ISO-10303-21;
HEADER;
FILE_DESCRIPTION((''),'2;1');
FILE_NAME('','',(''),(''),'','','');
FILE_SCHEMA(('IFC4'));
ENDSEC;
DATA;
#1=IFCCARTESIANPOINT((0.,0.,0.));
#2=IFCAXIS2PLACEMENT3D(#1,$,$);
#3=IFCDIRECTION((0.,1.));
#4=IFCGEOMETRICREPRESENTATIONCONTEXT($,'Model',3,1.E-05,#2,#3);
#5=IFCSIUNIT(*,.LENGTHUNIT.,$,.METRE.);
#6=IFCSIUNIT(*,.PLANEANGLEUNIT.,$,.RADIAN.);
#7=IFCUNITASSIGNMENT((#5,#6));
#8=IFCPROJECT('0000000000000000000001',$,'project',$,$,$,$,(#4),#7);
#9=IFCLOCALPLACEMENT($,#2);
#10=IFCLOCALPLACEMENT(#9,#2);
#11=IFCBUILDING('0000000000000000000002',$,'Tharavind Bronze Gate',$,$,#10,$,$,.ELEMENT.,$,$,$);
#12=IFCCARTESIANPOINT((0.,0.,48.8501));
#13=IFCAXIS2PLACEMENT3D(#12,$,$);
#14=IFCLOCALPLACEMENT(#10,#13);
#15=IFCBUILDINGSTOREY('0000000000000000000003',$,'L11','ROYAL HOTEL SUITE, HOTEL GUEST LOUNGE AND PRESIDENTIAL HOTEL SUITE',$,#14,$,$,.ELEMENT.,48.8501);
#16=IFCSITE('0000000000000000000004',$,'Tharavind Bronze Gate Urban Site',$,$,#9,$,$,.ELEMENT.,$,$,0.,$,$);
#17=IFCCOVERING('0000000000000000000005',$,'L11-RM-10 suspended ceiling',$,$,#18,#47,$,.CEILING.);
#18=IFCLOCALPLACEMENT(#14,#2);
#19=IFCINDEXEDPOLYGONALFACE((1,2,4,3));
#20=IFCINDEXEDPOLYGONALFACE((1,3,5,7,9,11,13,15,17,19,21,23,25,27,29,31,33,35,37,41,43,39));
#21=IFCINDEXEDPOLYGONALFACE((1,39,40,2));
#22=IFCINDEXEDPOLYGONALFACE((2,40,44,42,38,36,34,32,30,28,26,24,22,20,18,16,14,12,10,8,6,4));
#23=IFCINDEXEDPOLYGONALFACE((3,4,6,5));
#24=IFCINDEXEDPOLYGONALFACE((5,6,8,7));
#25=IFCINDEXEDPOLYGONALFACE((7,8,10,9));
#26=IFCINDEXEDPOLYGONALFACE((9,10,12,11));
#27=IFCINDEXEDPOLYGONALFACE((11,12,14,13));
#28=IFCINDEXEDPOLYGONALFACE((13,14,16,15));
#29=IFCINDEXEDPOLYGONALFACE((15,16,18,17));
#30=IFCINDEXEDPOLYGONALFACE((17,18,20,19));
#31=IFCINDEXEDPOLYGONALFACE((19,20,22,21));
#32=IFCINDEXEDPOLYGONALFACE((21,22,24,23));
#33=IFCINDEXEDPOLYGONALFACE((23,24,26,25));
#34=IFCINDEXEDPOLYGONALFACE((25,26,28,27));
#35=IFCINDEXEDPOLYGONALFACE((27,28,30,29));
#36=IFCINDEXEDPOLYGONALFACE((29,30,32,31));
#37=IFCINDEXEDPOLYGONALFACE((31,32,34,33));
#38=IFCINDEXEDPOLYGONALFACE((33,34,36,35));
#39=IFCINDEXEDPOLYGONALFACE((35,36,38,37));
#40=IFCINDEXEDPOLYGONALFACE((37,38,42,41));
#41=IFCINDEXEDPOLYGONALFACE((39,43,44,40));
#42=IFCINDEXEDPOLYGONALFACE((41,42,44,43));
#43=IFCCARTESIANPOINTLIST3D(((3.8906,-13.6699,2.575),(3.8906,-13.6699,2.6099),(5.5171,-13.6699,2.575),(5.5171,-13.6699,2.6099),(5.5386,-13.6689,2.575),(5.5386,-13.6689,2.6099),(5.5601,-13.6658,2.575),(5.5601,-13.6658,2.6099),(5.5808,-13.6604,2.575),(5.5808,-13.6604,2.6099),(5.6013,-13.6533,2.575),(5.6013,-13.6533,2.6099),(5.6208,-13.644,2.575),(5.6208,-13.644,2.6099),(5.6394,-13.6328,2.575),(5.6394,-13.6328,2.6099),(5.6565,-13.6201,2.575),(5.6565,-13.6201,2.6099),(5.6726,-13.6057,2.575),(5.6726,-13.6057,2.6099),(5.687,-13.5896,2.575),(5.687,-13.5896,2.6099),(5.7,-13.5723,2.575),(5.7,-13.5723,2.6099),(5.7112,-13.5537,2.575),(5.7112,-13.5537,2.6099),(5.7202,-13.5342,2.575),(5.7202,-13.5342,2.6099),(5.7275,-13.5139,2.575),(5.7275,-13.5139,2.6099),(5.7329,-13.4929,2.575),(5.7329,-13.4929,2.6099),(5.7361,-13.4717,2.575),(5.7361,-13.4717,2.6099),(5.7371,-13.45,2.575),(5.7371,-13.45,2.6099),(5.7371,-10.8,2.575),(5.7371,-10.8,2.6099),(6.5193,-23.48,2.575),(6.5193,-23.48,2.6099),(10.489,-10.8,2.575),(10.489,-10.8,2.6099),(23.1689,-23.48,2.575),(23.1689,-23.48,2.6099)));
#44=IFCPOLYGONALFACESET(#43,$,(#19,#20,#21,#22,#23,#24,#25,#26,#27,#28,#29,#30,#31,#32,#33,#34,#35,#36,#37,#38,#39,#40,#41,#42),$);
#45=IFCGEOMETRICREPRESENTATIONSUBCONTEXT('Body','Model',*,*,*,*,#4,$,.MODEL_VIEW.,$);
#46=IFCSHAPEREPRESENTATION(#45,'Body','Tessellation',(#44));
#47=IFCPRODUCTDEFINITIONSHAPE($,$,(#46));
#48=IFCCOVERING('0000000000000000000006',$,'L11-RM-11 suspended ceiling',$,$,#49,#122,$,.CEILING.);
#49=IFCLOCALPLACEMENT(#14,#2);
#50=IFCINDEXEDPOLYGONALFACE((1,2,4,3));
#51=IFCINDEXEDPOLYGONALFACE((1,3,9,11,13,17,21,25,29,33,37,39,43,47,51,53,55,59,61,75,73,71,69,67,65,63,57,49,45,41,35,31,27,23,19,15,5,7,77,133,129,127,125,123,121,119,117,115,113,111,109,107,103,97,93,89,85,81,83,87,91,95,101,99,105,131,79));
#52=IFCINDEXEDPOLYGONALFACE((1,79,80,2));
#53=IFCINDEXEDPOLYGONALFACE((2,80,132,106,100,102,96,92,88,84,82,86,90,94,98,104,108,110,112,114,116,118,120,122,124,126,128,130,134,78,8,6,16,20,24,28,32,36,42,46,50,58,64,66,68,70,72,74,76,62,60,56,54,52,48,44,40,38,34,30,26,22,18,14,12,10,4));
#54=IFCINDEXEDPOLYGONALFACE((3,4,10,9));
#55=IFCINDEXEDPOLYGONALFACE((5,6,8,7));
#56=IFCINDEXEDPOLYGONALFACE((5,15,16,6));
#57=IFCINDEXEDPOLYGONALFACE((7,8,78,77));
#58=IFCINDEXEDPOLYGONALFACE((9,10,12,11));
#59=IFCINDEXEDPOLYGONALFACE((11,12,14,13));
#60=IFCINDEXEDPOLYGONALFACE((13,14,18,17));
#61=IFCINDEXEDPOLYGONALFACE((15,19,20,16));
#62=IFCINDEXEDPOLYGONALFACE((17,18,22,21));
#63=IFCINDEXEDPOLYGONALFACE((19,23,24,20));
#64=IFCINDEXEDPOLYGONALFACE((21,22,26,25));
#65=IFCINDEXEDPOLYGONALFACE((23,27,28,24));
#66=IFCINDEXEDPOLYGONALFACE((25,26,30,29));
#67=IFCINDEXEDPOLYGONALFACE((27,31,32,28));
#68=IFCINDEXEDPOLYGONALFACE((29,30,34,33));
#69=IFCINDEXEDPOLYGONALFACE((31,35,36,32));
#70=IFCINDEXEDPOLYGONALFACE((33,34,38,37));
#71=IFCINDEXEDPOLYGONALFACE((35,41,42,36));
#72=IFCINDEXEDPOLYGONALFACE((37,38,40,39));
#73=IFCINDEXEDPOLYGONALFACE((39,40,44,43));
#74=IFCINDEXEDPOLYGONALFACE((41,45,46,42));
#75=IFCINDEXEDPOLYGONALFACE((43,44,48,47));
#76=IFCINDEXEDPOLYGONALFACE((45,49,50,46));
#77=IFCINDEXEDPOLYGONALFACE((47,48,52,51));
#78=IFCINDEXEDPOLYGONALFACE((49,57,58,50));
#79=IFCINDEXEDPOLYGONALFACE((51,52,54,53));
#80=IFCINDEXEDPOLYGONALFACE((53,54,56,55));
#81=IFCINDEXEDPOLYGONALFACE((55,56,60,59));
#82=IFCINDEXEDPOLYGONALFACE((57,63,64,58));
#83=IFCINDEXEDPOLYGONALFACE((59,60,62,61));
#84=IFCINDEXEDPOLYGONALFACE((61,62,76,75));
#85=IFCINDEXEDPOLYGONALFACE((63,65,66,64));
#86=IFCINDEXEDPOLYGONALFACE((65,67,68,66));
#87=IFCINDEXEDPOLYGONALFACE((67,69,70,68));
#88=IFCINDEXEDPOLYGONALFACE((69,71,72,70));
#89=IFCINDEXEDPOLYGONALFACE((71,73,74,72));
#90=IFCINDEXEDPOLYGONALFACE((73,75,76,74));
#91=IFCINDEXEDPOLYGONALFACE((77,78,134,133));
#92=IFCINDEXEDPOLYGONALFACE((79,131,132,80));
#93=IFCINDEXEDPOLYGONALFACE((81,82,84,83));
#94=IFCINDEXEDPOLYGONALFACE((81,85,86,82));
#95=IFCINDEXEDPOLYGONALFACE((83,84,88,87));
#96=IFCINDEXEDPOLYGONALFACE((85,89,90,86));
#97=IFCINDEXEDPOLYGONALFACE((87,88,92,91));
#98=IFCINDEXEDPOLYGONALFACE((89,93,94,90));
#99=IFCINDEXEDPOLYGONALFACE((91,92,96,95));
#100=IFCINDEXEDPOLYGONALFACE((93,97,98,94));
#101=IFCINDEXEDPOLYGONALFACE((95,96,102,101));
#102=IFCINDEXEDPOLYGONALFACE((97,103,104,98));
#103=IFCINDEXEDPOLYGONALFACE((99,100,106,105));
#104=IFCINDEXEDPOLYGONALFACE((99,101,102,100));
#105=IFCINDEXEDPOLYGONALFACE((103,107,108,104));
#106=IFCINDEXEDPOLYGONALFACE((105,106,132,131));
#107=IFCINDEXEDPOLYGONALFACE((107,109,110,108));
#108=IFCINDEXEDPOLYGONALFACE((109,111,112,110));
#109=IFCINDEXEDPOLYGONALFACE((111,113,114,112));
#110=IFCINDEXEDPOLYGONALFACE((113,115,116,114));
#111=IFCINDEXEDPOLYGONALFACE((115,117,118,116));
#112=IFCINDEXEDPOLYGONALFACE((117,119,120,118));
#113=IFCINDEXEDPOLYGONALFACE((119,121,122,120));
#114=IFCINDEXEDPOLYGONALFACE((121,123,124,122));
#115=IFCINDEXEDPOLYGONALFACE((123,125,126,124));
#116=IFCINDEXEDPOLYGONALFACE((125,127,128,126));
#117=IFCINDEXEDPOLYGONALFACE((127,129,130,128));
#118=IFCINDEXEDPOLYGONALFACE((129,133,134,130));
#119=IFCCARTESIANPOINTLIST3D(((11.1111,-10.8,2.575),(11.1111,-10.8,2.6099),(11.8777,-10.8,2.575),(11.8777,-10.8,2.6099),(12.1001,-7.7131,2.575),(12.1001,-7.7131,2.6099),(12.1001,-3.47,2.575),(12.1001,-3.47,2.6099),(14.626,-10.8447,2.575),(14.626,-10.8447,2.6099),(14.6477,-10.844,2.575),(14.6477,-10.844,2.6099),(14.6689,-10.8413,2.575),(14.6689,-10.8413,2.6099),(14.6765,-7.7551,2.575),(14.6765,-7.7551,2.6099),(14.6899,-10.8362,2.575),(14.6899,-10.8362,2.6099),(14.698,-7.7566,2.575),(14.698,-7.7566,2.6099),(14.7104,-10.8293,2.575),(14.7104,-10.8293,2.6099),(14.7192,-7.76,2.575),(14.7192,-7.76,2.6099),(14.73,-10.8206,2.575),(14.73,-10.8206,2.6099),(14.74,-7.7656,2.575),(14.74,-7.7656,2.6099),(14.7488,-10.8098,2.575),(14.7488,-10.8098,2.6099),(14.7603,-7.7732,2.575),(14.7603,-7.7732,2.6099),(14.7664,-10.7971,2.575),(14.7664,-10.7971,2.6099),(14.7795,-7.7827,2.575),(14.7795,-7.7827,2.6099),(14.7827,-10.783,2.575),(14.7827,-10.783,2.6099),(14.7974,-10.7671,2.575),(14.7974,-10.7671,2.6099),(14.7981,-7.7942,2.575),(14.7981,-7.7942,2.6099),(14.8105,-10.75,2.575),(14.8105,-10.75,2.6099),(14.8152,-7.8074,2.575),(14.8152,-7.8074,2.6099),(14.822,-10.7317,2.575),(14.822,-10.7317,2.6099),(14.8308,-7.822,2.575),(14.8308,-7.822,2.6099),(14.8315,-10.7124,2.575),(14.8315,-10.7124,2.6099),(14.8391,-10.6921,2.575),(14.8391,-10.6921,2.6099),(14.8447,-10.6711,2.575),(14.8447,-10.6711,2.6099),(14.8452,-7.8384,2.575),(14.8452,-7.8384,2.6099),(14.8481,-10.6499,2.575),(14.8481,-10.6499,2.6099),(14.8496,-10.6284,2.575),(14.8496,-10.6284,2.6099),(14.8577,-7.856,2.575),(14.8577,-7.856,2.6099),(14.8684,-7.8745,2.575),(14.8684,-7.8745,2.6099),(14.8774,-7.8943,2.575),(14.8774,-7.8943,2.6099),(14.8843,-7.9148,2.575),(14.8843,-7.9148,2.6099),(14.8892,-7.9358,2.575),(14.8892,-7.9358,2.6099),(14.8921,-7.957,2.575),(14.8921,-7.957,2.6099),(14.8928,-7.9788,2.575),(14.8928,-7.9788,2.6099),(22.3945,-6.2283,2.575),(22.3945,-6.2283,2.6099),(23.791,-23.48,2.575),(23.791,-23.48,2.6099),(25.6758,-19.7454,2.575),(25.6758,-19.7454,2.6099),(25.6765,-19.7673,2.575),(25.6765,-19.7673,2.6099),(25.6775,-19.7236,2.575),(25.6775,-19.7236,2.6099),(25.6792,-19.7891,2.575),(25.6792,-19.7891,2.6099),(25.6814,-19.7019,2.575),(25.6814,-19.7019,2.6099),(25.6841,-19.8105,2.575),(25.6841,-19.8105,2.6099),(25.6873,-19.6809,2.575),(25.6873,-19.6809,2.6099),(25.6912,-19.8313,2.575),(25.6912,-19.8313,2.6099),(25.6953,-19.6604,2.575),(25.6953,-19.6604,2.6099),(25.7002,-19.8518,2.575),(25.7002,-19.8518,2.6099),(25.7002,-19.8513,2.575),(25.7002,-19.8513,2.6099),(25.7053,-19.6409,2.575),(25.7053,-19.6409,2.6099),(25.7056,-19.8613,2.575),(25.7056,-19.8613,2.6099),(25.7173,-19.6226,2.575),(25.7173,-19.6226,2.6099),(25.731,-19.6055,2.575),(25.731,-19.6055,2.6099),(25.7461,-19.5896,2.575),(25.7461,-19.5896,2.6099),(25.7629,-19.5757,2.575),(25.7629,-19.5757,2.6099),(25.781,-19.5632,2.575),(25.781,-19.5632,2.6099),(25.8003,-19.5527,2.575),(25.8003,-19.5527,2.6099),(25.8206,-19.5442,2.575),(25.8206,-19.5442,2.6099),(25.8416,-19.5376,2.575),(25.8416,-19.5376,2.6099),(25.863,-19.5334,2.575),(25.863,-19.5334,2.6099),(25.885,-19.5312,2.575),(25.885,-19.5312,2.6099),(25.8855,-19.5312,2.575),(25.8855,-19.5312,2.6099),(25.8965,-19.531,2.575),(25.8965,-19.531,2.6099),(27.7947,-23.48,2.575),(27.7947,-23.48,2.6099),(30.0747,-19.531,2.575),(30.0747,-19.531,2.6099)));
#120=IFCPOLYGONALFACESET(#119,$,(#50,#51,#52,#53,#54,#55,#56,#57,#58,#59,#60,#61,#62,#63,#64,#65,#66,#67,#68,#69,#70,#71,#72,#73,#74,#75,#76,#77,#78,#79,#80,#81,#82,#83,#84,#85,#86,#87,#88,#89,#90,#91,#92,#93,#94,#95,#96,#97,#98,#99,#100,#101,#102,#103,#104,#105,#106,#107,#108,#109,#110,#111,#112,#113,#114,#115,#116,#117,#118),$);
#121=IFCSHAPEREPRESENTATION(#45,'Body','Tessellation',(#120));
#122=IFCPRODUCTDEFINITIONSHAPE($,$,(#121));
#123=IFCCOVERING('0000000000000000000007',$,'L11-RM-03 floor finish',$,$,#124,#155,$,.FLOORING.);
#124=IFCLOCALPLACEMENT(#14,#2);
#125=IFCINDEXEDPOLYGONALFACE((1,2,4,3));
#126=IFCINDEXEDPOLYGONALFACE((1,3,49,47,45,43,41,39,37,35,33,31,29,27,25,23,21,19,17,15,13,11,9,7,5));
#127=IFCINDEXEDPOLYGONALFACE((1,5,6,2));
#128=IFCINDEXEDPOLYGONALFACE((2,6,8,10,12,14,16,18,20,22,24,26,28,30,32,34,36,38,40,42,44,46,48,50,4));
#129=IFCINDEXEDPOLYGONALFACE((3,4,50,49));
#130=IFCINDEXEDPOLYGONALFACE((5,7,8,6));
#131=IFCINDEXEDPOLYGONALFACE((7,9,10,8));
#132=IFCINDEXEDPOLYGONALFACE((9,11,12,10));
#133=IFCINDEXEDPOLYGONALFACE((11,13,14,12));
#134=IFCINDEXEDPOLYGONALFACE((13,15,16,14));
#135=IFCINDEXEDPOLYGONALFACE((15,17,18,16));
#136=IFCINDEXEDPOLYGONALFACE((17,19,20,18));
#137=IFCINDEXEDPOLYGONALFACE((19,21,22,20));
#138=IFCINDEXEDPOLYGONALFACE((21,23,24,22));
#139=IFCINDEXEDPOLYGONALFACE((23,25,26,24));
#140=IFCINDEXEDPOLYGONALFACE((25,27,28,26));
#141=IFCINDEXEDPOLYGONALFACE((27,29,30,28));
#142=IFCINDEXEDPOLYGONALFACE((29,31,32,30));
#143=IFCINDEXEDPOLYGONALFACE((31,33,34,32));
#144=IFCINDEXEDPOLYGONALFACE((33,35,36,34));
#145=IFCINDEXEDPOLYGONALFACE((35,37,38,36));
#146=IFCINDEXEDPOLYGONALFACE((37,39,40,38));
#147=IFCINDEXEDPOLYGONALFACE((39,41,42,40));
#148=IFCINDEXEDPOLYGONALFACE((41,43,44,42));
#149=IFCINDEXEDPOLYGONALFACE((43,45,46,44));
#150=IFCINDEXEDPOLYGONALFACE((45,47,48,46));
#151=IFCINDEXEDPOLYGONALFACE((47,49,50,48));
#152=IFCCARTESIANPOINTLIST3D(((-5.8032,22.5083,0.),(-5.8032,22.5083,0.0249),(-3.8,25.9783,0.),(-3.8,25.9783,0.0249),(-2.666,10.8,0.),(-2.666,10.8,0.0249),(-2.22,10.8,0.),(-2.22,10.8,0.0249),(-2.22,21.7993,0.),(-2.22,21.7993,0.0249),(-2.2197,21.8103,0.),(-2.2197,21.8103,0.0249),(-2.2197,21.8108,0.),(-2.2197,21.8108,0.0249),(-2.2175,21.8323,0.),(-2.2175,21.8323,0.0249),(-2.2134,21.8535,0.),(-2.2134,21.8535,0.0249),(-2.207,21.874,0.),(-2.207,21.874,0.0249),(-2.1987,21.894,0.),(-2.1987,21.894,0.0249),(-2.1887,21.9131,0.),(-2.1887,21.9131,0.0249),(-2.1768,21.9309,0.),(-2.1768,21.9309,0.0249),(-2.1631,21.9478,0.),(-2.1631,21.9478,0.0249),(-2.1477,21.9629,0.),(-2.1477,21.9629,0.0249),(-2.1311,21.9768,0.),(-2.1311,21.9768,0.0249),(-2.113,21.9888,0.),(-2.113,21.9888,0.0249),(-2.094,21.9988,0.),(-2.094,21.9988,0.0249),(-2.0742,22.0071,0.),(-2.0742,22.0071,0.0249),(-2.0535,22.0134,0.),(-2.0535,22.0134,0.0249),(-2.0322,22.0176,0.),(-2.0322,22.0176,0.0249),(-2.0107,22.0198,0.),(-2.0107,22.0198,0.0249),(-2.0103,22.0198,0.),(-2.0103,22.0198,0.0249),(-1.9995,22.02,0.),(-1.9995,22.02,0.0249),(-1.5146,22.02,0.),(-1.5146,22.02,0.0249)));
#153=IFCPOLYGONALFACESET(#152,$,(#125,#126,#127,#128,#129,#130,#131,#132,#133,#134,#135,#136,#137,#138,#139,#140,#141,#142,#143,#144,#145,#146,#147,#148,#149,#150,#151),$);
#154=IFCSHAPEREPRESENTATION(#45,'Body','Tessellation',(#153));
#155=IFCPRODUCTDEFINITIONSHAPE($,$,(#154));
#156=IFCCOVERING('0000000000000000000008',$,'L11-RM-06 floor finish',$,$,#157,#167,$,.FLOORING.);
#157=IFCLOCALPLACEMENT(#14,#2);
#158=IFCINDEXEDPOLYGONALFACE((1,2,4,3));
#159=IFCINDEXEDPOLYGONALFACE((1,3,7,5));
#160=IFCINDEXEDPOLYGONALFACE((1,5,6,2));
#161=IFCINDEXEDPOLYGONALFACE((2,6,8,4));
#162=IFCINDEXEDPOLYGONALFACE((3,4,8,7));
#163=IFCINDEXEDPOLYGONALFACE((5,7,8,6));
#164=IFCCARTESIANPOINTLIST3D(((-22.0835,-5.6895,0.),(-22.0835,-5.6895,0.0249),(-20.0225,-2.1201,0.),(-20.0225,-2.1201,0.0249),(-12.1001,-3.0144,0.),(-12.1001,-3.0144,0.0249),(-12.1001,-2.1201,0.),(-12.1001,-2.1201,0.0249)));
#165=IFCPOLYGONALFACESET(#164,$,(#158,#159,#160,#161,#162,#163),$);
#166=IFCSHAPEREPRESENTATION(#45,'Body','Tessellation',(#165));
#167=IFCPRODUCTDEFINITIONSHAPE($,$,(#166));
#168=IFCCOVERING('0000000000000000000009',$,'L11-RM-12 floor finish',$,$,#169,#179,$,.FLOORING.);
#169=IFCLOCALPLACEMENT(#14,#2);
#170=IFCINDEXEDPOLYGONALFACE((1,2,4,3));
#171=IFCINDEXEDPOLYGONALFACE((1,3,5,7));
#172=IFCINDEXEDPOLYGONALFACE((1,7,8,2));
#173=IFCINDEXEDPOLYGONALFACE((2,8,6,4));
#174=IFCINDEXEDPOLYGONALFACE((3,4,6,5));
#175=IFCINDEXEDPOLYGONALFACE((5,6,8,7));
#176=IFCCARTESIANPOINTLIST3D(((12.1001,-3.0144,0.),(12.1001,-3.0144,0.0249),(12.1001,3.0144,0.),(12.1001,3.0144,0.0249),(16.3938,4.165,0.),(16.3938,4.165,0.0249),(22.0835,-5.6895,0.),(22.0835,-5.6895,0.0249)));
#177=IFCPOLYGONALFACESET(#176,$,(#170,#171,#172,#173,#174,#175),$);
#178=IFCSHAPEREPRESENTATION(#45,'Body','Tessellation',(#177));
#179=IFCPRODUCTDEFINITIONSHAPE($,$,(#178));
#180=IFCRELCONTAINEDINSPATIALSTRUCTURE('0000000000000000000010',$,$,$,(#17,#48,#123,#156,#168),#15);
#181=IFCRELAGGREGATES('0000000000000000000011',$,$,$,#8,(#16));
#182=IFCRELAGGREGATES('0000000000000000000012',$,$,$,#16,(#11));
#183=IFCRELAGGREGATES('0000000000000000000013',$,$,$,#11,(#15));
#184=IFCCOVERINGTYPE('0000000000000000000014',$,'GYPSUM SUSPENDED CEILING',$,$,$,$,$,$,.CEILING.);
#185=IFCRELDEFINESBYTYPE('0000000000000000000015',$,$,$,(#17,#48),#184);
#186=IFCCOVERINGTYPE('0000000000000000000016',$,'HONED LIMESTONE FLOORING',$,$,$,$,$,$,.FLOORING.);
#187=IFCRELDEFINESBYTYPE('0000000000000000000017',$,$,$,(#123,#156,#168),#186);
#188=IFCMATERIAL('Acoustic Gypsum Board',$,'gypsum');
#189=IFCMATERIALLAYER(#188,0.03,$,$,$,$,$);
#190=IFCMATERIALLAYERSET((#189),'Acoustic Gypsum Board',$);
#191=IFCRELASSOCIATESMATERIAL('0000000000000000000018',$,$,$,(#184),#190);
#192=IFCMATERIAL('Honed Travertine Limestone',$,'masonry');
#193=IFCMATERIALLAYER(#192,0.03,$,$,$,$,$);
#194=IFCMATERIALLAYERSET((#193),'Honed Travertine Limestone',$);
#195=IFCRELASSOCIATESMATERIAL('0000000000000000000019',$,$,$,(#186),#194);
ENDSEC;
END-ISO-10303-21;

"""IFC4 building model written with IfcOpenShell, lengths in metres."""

from ifc_helpers import new_model, si_unit, direction, frame, origin, place, context, subcontext, project, spatial, polyline, outline, extrude, material, layer, layer_set, type_object, element, save


model = new_model("IFC4")

# Units and contexts
model_context = context("Model", 3, precision=1e-05, world=origin(), true_north=direction((0.0, 1.0)))
body_context = subcontext(model_context, "Body", "Model", "MODEL_VIEW")
ifc_project = project(units=[si_unit("LENGTHUNIT", "METRE"), si_unit("PLANEANGLEUNIT", "RADIAN")], contexts=[model_context])

# Site, building, storey
site_placement = place(None, origin())
site = spatial("IfcSite", under=ifc_project, at=site_placement, Name="Tharavind Bronze Gate Urban Site", CompositionType="ELEMENT", RefElevation=0.0)
building_placement = place(site_placement, origin())
building = spatial("IfcBuilding", under=site, at=building_placement, Name="Tharavind Bronze Gate", CompositionType="ELEMENT")
storey_placement = place(building_placement, frame((0.0, 0.0, 48.8501)))
storey = spatial("IfcBuildingStorey", under=building, at=storey_placement, Name="L11", Description="ROYAL HOTEL SUITE, HOTEL GUEST LOUNGE AND PRESIDENTIAL HOTEL SUITE", CompositionType="ELEMENT", Elevation=48.8501)

# Coverings
ifc_material_1 = material(Name="Acoustic Gypsum Board", Category="gypsum")
ifc_layer_1 = layer(ifc_material_1, 0.03)
ifc_layer_set_1 = layer_set([ifc_layer_1], Name="Acoustic Gypsum Board")
covering_type_1 = type_object("IfcCoveringType", Name="GYPSUM SUSPENDED CEILING", PredefinedType="CEILING", material=ifc_layer_set_1)
covering_1_placement = place(storey_placement, frame((0.0, 0.0, 2.575)))
element("IfcCovering", 1, at=covering_1_placement, inside=storey, type_object=covering_type_1, Name="L11-RM-10 suspended ceiling", PredefinedType="CEILING", context=body_context, shape_type="SweptSolid", body=[
    extrude(outline(polyline([(5.7371, -13.45), (5.7361, -13.4717), (5.7329, -13.4929), (5.7275, -13.5139), (5.7202, -13.5342), (5.7112, -13.5537), (5.7, -13.5723), (5.687, -13.5896), (5.6726, -13.6057), (5.6565, -13.6201), (5.6394, -13.6328), (5.6208, -13.644), (5.6013, -13.6533), (5.5808, -13.6604), (5.5601, -13.6658), (5.5386, -13.6689), (5.5171, -13.6699), (3.8906, -13.6699), (6.5193, -23.48), (23.1689, -23.48), (10.489, -10.8), (5.7371, -10.8), (5.7371, -13.45)])), origin(), (0.0, 0.0, 1.0), 0.0349),
])
covering_2_placement = place(storey_placement, frame((0.0, 0.0, 2.575)))
element("IfcCovering", 2, at=covering_2_placement, inside=storey, type_object=covering_type_1, Name="L11-RM-11 suspended ceiling", PredefinedType="CEILING", context=body_context, shape_type="SweptSolid", body=[
    extrude(outline(polyline([(23.791, -23.48), (27.7947, -23.48), (25.7056, -19.8613), (25.7002, -19.8518), (25.7002, -19.8513), (25.6912, -19.8313), (25.6841, -19.8105), (25.6792, -19.7891), (25.6765, -19.7673), (25.6758, -19.7454), (25.6775, -19.7236), (25.6814, -19.7019), (25.6873, -19.6809), (25.6953, -19.6604), (25.7053, -19.6409), (25.7173, -19.6226), (25.731, -19.6055), (25.7461, -19.5896), (25.7629, -19.5757), (25.781, -19.5632), (25.8003, -19.5527), (25.8206, -19.5442), (25.8416, -19.5376), (25.863, -19.5334), (25.885, -19.5312), (25.8855, -19.5312), (25.8965, -19.531), (30.0747, -19.531), (22.3945, -6.2283), (12.1001, -3.47), (12.1001, -7.7131), (14.6765, -7.7551), (14.698, -7.7566), (14.7192, -7.76), (14.74, -7.7656), (14.7603, -7.7732), (14.7795, -7.7827), (14.7981, -7.7942), (14.8152, -7.8074), (14.8308, -7.822), (14.8452, -7.8384), (14.8577, -7.856), (14.8684, -7.8745), (14.8774, -7.8943), (14.8843, -7.9148), (14.8892, -7.9358), (14.8921, -7.957), (14.8928, -7.9788), (14.8496, -10.6284), (14.8481, -10.6499), (14.8447, -10.6711), (14.8391, -10.6921), (14.8315, -10.7124), (14.822, -10.7317), (14.8105, -10.75), (14.7974, -10.7671), (14.7827, -10.783), (14.7664, -10.7971), (14.7488, -10.8098), (14.73, -10.8206), (14.7104, -10.8293), (14.6899, -10.8362), (14.6689, -10.8413), (14.6477, -10.844), (14.626, -10.8447), (11.8777, -10.8), (11.1111, -10.8), (23.791, -23.48)])), origin(), (0.0, 0.0, 1.0), 0.0349),
])
ifc_material_2 = material(Name="Honed Travertine Limestone", Category="masonry")
ifc_layer_2 = layer(ifc_material_2, 0.03)
ifc_layer_set_2 = layer_set([ifc_layer_2], Name="Honed Travertine Limestone")
covering_type_2 = type_object("IfcCoveringType", Name="HONED LIMESTONE FLOORING", PredefinedType="FLOORING", material=ifc_layer_set_2)
covering_3_placement = place(storey_placement, origin())
element("IfcCovering", 3, at=covering_3_placement, inside=storey, type_object=covering_type_2, Name="L11-RM-03 floor finish", PredefinedType="FLOORING", context=body_context, shape_type="SweptSolid", body=[
    extrude(outline(polyline([(-2.666, 10.8), (-2.22, 10.8), (-2.22, 21.7993), (-2.2197, 21.8103), (-2.2197, 21.8108), (-2.2175, 21.8323), (-2.2134, 21.8535), (-2.207, 21.874), (-2.1987, 21.894), (-2.1887, 21.9131), (-2.1768, 21.9309), (-2.1631, 21.9478), (-2.1477, 21.9629), (-2.1311, 21.9768), (-2.113, 21.9888), (-2.094, 21.9988), (-2.0742, 22.0071), (-2.0535, 22.0134), (-2.0322, 22.0176), (-2.0107, 22.0198), (-2.0103, 22.0198), (-1.9995, 22.02), (-1.5146, 22.02), (-3.8, 25.9783), (-5.8032, 22.5083), (-2.666, 10.8)])), origin(), (0.0, 0.0, 1.0), 0.0249),
])
covering_4_placement = place(storey_placement, origin())
element("IfcCovering", 4, at=covering_4_placement, inside=storey, type_object=covering_type_2, Name="L11-RM-06 floor finish", PredefinedType="FLOORING", context=body_context, shape_type="SweptSolid", body=[
    extrude(outline(polyline([(-12.1001, -3.0144), (-12.1001, -2.1201), (-20.0225, -2.1201), (-22.0835, -5.6895), (-12.1001, -3.0144)])), origin(), (0.0, 0.0, 1.0), 0.0249),
])
covering_5_placement = place(storey_placement, origin())
element("IfcCovering", 5, at=covering_5_placement, inside=storey, type_object=covering_type_2, Name="L11-RM-12 floor finish", PredefinedType="FLOORING", context=body_context, shape_type="SweptSolid", body=[
    extrude(outline(polyline([(22.0835, -5.6895), (16.3938, 4.165), (12.1001, 3.0144), (12.1001, -3.0144), (22.0835, -5.6895)])), origin(), (0.0, 0.0, 1.0), 0.0249),
])

save(model, "model.ifc")
